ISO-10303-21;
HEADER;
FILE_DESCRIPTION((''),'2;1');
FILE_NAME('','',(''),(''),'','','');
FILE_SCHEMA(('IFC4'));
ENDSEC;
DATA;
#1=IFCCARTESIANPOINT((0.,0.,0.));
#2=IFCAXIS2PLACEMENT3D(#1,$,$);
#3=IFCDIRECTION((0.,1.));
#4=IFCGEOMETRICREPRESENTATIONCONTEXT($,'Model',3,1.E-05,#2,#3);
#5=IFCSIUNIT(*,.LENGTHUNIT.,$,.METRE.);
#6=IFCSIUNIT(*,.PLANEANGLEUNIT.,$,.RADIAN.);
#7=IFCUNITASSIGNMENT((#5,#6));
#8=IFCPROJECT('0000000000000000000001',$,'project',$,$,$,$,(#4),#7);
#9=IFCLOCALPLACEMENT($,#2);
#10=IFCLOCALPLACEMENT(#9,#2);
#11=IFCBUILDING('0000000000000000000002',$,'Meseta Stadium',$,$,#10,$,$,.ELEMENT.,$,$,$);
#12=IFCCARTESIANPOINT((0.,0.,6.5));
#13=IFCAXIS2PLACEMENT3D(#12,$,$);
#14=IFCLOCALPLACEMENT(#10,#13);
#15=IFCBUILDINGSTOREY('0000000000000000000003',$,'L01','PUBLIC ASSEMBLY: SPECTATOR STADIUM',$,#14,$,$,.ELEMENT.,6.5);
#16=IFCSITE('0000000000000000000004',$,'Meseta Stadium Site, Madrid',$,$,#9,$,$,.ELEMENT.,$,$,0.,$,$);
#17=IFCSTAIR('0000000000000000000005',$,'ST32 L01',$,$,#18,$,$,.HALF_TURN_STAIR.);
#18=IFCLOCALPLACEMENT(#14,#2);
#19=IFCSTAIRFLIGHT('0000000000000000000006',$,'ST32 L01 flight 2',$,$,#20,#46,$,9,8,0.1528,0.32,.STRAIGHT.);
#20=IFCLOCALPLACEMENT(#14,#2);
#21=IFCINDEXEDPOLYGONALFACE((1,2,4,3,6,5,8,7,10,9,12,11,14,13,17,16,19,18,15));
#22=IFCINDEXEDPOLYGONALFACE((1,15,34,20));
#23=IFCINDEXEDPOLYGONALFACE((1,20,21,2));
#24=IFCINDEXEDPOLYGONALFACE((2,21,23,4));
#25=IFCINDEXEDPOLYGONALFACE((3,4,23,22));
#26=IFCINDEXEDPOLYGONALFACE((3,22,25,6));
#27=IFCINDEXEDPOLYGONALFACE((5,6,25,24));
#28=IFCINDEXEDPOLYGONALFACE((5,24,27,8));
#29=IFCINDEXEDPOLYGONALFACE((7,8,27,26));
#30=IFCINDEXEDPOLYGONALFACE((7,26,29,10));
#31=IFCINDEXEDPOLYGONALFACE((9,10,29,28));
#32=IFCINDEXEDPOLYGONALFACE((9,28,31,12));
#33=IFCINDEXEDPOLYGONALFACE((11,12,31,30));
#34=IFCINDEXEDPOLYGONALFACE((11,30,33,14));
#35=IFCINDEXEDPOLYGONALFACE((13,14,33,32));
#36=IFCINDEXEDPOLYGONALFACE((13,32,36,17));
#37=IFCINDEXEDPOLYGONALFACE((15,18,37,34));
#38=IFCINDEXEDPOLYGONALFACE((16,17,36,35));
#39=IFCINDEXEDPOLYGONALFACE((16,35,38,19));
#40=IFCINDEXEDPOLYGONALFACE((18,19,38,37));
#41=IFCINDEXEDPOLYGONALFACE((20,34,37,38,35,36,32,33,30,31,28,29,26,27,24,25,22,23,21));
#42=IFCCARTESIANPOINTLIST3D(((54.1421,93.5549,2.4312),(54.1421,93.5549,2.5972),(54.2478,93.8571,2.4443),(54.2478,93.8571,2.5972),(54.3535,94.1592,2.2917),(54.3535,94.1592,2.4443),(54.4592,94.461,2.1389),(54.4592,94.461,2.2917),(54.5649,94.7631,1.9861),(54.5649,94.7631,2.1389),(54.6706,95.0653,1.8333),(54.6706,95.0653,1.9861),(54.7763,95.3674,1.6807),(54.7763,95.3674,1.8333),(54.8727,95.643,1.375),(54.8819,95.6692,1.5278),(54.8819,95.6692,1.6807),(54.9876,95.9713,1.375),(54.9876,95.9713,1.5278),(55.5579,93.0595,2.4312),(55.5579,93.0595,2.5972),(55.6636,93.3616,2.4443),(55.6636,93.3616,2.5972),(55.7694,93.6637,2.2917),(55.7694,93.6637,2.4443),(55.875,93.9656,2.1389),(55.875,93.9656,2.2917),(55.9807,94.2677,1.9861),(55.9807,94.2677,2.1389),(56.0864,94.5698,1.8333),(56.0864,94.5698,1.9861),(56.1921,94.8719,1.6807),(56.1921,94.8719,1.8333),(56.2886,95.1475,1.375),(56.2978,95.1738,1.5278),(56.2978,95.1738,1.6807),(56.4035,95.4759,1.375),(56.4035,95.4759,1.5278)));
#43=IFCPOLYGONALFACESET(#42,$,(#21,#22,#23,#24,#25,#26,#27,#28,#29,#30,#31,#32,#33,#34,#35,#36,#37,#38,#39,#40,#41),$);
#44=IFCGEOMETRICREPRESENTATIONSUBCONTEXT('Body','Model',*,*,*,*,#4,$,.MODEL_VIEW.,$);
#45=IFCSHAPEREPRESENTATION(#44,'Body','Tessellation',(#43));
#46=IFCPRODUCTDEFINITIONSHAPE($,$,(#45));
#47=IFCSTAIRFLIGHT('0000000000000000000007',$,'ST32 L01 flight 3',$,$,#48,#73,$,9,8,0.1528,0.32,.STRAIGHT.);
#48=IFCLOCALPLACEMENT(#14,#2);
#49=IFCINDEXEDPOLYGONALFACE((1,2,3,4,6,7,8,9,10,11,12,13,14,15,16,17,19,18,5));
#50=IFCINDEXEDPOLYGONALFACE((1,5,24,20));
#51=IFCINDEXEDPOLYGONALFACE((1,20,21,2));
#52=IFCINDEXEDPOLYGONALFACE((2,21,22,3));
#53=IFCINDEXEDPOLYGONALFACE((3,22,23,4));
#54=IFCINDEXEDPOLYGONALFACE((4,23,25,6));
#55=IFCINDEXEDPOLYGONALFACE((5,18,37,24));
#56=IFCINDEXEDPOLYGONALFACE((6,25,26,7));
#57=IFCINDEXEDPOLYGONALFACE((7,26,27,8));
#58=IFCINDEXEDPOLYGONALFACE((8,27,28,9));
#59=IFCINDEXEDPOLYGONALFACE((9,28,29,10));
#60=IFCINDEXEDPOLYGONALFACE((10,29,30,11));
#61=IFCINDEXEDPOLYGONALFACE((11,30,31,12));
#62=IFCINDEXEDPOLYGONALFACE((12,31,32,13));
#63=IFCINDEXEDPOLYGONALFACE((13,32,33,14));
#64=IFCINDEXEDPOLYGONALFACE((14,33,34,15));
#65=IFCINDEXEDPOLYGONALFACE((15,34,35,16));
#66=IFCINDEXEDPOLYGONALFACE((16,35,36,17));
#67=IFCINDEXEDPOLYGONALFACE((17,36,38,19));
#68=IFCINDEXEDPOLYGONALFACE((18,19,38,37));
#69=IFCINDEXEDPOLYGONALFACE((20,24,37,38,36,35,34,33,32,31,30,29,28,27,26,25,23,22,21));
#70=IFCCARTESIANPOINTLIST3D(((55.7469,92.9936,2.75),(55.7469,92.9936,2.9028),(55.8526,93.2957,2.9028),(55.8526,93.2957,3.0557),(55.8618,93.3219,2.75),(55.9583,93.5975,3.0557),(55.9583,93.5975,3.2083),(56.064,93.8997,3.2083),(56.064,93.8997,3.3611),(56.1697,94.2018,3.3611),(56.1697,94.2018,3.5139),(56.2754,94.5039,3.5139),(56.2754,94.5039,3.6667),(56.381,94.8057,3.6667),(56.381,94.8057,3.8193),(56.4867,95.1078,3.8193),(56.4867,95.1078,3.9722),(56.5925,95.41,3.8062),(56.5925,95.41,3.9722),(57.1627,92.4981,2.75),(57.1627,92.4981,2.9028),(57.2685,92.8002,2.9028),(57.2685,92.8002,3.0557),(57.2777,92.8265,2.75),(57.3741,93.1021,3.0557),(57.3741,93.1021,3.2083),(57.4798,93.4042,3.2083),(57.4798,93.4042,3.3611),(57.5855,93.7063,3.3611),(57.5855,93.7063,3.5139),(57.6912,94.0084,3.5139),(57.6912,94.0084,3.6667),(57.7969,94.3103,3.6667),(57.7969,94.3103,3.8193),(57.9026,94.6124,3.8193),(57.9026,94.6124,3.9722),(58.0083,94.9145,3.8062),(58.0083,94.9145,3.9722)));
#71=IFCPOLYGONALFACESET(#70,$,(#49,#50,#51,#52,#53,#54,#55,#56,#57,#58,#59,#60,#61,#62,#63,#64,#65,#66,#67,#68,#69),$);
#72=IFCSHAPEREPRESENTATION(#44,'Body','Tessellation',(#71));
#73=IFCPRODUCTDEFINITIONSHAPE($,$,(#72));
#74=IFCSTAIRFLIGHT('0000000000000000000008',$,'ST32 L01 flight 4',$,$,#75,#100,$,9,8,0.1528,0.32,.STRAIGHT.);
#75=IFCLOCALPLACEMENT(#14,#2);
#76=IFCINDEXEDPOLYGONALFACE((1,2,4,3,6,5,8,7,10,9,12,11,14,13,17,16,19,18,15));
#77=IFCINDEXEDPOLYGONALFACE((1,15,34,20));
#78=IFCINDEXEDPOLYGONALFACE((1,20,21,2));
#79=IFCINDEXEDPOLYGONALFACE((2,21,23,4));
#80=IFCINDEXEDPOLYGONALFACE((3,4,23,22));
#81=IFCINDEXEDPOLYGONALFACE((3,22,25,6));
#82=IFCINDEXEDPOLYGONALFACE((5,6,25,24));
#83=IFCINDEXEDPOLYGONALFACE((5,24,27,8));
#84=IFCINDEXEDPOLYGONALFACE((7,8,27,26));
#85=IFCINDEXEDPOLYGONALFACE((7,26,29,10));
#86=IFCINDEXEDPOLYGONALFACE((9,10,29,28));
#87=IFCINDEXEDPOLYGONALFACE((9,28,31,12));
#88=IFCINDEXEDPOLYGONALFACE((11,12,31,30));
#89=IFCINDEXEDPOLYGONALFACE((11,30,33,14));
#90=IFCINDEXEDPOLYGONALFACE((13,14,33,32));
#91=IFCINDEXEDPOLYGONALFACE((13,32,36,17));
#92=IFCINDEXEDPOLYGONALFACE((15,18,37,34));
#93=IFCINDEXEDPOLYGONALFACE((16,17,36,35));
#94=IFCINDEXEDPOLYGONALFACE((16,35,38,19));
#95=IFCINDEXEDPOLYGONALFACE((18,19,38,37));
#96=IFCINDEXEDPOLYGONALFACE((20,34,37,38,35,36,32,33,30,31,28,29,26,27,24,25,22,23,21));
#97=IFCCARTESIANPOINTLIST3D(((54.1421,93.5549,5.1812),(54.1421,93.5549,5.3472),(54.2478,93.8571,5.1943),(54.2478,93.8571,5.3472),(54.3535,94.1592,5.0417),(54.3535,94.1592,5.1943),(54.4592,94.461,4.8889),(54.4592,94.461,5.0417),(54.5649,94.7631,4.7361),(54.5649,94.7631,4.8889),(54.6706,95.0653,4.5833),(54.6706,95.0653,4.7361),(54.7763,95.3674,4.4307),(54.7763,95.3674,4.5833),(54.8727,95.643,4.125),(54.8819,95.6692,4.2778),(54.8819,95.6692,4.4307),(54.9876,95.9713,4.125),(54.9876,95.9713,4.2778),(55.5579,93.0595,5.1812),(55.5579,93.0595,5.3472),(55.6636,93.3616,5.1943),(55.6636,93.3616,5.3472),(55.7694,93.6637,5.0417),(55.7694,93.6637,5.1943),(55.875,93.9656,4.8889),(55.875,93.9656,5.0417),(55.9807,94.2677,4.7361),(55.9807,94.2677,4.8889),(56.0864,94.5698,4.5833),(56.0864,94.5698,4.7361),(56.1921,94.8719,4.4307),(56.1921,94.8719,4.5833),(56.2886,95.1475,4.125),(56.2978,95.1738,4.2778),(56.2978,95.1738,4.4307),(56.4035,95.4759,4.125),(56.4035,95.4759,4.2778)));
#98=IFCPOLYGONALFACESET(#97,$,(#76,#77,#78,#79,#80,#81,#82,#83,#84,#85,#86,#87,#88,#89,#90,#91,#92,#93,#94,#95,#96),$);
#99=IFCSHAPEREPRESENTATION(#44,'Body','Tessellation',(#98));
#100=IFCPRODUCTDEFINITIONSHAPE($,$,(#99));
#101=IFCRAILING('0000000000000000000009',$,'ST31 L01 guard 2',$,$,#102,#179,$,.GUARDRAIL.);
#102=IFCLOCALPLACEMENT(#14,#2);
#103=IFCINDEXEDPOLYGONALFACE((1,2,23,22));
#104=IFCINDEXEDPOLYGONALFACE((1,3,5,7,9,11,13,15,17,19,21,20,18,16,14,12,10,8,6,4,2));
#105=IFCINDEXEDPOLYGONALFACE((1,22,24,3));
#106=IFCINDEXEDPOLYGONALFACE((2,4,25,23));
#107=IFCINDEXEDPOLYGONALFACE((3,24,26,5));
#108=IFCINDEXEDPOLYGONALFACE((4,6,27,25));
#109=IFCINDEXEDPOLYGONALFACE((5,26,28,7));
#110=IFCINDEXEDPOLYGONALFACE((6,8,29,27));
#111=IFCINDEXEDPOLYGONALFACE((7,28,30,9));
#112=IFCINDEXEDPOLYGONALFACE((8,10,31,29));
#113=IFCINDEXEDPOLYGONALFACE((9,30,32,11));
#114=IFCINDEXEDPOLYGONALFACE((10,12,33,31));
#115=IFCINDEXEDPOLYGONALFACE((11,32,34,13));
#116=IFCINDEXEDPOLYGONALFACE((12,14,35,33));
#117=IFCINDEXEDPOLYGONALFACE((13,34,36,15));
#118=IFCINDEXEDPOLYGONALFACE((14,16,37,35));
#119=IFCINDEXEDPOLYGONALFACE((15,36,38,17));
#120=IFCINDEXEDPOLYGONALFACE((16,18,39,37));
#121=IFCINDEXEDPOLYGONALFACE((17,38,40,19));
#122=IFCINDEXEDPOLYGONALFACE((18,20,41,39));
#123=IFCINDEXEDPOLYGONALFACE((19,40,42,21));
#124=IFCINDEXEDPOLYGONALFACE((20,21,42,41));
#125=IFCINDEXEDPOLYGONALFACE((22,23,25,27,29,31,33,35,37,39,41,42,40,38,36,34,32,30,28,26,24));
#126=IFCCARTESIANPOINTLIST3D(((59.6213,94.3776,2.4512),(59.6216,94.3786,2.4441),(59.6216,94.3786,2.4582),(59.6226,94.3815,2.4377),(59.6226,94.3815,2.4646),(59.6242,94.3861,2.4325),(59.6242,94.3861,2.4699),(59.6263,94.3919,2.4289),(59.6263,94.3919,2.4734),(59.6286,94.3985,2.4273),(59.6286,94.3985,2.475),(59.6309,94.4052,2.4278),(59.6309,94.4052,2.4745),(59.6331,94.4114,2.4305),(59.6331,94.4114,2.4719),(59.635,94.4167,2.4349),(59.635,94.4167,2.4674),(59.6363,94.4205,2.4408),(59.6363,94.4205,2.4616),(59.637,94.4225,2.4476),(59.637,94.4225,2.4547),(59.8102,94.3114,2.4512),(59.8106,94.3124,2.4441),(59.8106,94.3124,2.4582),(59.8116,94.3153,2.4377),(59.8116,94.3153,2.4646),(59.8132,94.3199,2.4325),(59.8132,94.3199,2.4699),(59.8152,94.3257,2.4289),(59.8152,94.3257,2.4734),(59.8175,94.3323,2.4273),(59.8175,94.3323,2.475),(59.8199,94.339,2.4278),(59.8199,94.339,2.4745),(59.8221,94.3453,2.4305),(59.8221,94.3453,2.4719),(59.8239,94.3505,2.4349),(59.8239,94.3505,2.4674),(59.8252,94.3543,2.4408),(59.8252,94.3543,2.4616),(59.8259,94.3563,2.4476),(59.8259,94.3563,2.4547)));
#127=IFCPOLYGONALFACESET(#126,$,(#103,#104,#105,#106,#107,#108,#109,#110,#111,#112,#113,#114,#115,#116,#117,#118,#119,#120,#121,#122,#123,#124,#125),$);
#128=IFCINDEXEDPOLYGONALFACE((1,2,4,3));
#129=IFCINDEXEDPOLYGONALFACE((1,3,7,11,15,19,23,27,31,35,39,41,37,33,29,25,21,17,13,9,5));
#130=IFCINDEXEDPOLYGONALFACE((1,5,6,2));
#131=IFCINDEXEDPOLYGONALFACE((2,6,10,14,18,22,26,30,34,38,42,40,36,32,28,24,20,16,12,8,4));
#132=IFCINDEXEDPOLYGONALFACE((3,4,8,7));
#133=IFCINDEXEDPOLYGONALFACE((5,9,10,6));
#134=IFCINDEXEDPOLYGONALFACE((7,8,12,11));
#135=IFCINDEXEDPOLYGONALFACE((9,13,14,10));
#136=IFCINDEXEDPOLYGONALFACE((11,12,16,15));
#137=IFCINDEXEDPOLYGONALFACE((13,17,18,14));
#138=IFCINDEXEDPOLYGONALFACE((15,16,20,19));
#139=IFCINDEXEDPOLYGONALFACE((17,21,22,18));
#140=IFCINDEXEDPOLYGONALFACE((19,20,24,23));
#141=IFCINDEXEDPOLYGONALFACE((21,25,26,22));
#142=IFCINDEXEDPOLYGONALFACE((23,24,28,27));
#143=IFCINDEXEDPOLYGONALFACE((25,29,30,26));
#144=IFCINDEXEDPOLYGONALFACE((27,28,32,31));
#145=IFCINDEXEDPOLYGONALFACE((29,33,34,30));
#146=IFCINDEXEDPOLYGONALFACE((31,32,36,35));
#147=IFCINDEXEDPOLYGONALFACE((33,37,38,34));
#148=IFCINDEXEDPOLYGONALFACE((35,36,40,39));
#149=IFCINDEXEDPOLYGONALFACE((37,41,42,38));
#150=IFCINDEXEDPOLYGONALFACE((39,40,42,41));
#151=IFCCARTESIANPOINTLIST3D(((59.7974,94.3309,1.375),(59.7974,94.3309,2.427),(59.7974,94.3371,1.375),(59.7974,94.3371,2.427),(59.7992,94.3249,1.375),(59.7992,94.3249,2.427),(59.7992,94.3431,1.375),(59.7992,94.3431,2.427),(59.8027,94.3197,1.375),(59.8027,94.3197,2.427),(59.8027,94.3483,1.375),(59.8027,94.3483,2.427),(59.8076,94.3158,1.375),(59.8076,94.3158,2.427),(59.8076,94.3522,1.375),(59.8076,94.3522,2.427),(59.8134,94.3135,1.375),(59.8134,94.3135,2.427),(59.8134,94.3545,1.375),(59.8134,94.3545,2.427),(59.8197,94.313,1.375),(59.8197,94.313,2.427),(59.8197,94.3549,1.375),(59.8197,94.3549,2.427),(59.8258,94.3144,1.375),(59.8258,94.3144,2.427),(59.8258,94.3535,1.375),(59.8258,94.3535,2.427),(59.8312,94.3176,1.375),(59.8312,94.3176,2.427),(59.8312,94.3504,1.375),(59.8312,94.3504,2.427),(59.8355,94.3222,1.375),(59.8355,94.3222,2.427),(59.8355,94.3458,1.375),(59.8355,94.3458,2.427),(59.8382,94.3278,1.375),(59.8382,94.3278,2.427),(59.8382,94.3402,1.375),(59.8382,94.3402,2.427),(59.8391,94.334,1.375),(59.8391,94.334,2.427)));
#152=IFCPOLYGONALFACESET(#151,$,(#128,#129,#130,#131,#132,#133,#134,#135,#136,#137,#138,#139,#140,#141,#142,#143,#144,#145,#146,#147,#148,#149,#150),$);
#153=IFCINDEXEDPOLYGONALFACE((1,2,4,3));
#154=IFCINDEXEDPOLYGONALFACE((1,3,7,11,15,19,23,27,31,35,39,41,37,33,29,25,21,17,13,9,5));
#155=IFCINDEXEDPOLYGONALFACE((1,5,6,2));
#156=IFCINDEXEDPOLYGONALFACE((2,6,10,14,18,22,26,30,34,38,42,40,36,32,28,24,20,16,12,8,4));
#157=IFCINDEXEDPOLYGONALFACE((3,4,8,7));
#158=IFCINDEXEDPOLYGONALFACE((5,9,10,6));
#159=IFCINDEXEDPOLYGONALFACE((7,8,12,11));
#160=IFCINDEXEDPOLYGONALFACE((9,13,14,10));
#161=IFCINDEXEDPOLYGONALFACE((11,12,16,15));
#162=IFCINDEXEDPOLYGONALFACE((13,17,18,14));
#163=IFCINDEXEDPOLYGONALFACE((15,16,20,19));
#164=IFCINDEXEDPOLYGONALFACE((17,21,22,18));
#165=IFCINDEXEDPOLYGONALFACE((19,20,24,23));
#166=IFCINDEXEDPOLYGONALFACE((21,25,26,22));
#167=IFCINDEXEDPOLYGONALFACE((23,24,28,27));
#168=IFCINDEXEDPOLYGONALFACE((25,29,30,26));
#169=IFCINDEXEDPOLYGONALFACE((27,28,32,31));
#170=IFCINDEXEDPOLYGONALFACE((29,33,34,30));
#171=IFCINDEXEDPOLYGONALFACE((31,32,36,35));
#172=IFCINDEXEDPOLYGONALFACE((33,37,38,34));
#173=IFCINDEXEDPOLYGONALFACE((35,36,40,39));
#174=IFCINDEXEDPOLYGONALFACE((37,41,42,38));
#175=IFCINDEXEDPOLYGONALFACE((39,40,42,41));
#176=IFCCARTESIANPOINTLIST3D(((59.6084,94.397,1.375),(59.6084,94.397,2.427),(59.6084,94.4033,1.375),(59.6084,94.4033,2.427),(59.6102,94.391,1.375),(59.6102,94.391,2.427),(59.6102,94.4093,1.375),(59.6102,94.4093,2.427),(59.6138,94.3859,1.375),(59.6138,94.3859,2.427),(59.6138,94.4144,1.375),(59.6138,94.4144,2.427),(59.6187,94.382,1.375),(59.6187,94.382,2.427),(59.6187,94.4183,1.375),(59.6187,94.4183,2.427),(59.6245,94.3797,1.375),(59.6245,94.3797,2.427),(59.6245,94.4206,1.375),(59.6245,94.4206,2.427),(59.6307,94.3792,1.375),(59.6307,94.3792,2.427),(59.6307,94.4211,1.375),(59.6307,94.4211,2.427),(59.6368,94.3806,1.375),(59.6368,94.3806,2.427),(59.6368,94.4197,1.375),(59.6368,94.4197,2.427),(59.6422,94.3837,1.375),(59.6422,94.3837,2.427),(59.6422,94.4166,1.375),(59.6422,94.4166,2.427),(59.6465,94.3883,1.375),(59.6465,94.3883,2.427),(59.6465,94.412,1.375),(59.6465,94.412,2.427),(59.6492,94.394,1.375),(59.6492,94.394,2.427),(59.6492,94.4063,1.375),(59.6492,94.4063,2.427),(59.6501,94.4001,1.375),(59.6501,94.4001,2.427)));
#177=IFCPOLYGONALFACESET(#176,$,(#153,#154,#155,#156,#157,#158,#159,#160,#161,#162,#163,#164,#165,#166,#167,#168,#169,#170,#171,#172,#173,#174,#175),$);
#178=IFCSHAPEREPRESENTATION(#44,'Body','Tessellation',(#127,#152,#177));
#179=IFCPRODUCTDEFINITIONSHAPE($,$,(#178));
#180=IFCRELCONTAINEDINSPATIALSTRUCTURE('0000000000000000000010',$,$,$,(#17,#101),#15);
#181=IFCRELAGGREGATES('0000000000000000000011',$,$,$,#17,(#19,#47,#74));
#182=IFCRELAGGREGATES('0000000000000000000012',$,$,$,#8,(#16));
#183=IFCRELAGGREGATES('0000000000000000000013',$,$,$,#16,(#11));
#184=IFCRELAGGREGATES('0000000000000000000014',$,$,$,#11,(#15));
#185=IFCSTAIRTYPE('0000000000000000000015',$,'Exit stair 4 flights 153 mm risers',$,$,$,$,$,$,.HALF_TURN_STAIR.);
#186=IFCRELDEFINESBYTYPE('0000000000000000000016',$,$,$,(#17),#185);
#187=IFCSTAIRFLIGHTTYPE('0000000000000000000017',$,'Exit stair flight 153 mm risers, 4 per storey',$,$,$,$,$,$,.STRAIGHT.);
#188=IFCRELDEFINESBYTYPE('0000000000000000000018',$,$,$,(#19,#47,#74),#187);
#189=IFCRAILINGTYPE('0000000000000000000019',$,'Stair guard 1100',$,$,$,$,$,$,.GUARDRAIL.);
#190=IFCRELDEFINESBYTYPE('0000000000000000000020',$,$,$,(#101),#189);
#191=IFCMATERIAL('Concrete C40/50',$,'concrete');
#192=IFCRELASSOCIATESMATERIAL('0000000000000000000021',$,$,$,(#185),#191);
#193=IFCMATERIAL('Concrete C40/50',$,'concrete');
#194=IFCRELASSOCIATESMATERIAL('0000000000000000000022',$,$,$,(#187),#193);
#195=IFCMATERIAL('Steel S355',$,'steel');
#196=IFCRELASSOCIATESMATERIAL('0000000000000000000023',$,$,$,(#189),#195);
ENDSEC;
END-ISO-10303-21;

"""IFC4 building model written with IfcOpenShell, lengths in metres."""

from ifc_helpers import new_model, si_unit, direction, frame, origin, origin_2d, place, context, subcontext, project, spatial, polyline, circle, outline, extrude, material, type_object, element, aggregate, save


model = new_model("IFC4")

# Units and contexts
model_context = context("Model", 3, precision=1e-05, world=origin(), true_north=direction((0.0, 1.0)))
body_context = subcontext(model_context, "Body", "Model", "MODEL_VIEW")
ifc_project = project(units=[si_unit("LENGTHUNIT", "METRE"), si_unit("PLANEANGLEUNIT", "RADIAN")], contexts=[model_context])

# Site, building, storey
site_placement = place(None, origin())
site = spatial("IfcSite", under=ifc_project, at=site_placement, Name="Meseta Stadium Site, Madrid", CompositionType="ELEMENT", RefElevation=0.0)
building_placement = place(site_placement, origin())
building = spatial("IfcBuilding", under=site, at=building_placement, Name="Meseta Stadium", CompositionType="ELEMENT")
storey_placement = place(building_placement, frame((0.0, 0.0, 6.5)))
storey = spatial("IfcBuildingStorey", under=building, at=storey_placement, Name="L01", Description="PUBLIC ASSEMBLY: SPECTATOR STADIUM", CompositionType="ELEMENT", Elevation=6.5)

# Stair, stair flights
ifc_material_1 = material(Name="Concrete C40/50", Category="concrete")
stair_type = type_object("IfcStairType", Name="Exit stair 4 flights 153 mm risers", PredefinedType="HALF_TURN_STAIR", material=ifc_material_1)
ifc_material_2 = material(Name="Concrete C40/50", Category="concrete")
stair_flight_type = type_object("IfcStairFlightType", Name="Exit stair flight 153 mm risers, 4 per storey", PredefinedType="STRAIGHT", material=ifc_material_2)
stair_1_placement = place(storey_placement, origin())
stair_1 = element("IfcStair", 1, at=stair_1_placement, inside=storey, type_object=stair_type, Name="ST32 L01", PredefinedType="HALF_TURN_STAIR")
stair_flight_1_placement = place(storey_placement, frame((55.6956, 95.7236, 1.375), z_axis=(0.0, 0.0, 1.0), x_axis=(-0.330279, -0.943883, 0.0)))
stair_flight_1 = element("IfcStairFlight", 2, at=stair_flight_1_placement, type_object=stair_flight_type, Name="ST32 L01 flight 2", NumberOfRisers=9, NumberOfTreads=8, PredefinedType="STRAIGHT", RiserHeight=0.1528, TreadLength=0.32, context=body_context, shape_type="SweptSolid", body=[
    extrude(outline(polyline([(0.0, 0.0), (0.0, 0.1528), (0.3201, 0.1528), (0.3201, 0.3057), (0.6399, 0.3057), (0.6399, 0.4583), (0.96, 0.4583), (0.96, 0.6111), (1.28, 0.6111), (1.28, 0.7639), (1.6001, 0.7639), (1.6001, 0.9167), (1.9199, 0.9167), (1.9199, 1.0693), (2.24, 1.0693), (2.24, 1.2222), (2.5601, 1.2222), (2.5601, 1.0562), (0.3479, 0.0), (0.0, 0.0)])), frame((0.0, 0.75, 0.0), z_axis=(0.0, -1.0, 0.0), x_axis=(1.0, 0.0, 0.0)), (0.0, 0.0, 1.0), 1.5),
])
stair_flight_2_placement = place(storey_placement, frame((56.4548, 92.7458, 2.75), z_axis=(0.0, 0.0, 1.0), x_axis=(0.330279, 0.943883, 0.0)))
stair_flight_2 = element("IfcStairFlight", 3, at=stair_flight_2_placement, type_object=stair_flight_type, Name="ST32 L01 flight 3", NumberOfRisers=9, NumberOfTreads=8, PredefinedType="STRAIGHT", RiserHeight=0.1528, TreadLength=0.32, context=body_context, shape_type="SweptSolid", body=[
    extrude(outline(polyline([(0.0, 0.0), (0.0, 0.1528), (0.3201, 0.1528), (0.3201, 0.3057), (0.6399, 0.3057), (0.6399, 0.4583), (0.96, 0.4583), (0.96, 0.6111), (1.28, 0.6111), (1.28, 0.7639), (1.6001, 0.7639), (1.6001, 0.9167), (1.9199, 0.9167), (1.9199, 1.0693), (2.24, 1.0693), (2.24, 1.2222), (2.5601, 1.2222), (2.5601, 1.0562), (0.3479, 0.0), (0.0, 0.0)])), frame((0.0, 0.75, 0.0), z_axis=(0.0, -1.0, 0.0), x_axis=(1.0, 0.0, 0.0)), (0.0, 0.0, 1.0), 1.5),
])
stair_flight_3_placement = place(storey_placement, frame((55.6956, 95.7236, 4.125), z_axis=(0.0, 0.0, 1.0), x_axis=(-0.330279, -0.943883, 0.0)))
stair_flight_3 = element("IfcStairFlight", 4, at=stair_flight_3_placement, type_object=stair_flight_type, Name="ST32 L01 flight 4", NumberOfRisers=9, NumberOfTreads=8, PredefinedType="STRAIGHT", RiserHeight=0.1528, TreadLength=0.32, context=body_context, shape_type="SweptSolid", body=[
    extrude(outline(polyline([(0.0, 0.0), (0.0, 0.1528), (0.3201, 0.1528), (0.3201, 0.3057), (0.6399, 0.3057), (0.6399, 0.4583), (0.96, 0.4583), (0.96, 0.6111), (1.28, 0.6111), (1.28, 0.7639), (1.6001, 0.7639), (1.6001, 0.9167), (1.9199, 0.9167), (1.9199, 1.0693), (2.24, 1.0693), (2.24, 1.2222), (2.5601, 1.2222), (2.5601, 1.0562), (0.3479, 0.0), (0.0, 0.0)])), frame((0.0, 0.75, 0.0), z_axis=(0.0, -1.0, 0.0), x_axis=(1.0, 0.0, 0.0)), (0.0, 0.0, 1.0), 1.5),
])
aggregate(stair_1, [stair_flight_1, stair_flight_2, stair_flight_3])

# Railing
ifc_material_3 = material(Name="Steel S355", Category="steel")
railing_type_1 = type_object("IfcRailingType", Name="Stair guard 1100", PredefinedType="GUARDRAIL", material=ifc_material_3)
railing_1_placement = place(storey_placement, frame((59.8181, 94.334, 1.375)))
element("IfcRailing", 5, at=railing_1_placement, inside=storey, type_object=railing_type_1, Name="ST31 L01 guard 2", PredefinedType="GUARDRAIL", context=body_context, shape_type="SweptSolid", body=[
    extrude(circle(Radius=0.0239, at=origin_2d()), frame((0.0, 0.0, 1.0762), z_axis=(-0.94382, 0.330459, 0.0), x_axis=(-0.330459, -0.94382, 0.0)), (0.0, 0.0, 1.0), 0.2002),
    extrude(circle(Radius=0.021, at=origin_2d()), origin(), (0.0, 0.0, 1.0), 1.052),
    extrude(circle(Radius=0.021, at=origin_2d()), frame((-0.189, 0.0662, 0.0)), (0.0, 0.0, 1.0), 1.052),
])

save(model, "model.ifc")
